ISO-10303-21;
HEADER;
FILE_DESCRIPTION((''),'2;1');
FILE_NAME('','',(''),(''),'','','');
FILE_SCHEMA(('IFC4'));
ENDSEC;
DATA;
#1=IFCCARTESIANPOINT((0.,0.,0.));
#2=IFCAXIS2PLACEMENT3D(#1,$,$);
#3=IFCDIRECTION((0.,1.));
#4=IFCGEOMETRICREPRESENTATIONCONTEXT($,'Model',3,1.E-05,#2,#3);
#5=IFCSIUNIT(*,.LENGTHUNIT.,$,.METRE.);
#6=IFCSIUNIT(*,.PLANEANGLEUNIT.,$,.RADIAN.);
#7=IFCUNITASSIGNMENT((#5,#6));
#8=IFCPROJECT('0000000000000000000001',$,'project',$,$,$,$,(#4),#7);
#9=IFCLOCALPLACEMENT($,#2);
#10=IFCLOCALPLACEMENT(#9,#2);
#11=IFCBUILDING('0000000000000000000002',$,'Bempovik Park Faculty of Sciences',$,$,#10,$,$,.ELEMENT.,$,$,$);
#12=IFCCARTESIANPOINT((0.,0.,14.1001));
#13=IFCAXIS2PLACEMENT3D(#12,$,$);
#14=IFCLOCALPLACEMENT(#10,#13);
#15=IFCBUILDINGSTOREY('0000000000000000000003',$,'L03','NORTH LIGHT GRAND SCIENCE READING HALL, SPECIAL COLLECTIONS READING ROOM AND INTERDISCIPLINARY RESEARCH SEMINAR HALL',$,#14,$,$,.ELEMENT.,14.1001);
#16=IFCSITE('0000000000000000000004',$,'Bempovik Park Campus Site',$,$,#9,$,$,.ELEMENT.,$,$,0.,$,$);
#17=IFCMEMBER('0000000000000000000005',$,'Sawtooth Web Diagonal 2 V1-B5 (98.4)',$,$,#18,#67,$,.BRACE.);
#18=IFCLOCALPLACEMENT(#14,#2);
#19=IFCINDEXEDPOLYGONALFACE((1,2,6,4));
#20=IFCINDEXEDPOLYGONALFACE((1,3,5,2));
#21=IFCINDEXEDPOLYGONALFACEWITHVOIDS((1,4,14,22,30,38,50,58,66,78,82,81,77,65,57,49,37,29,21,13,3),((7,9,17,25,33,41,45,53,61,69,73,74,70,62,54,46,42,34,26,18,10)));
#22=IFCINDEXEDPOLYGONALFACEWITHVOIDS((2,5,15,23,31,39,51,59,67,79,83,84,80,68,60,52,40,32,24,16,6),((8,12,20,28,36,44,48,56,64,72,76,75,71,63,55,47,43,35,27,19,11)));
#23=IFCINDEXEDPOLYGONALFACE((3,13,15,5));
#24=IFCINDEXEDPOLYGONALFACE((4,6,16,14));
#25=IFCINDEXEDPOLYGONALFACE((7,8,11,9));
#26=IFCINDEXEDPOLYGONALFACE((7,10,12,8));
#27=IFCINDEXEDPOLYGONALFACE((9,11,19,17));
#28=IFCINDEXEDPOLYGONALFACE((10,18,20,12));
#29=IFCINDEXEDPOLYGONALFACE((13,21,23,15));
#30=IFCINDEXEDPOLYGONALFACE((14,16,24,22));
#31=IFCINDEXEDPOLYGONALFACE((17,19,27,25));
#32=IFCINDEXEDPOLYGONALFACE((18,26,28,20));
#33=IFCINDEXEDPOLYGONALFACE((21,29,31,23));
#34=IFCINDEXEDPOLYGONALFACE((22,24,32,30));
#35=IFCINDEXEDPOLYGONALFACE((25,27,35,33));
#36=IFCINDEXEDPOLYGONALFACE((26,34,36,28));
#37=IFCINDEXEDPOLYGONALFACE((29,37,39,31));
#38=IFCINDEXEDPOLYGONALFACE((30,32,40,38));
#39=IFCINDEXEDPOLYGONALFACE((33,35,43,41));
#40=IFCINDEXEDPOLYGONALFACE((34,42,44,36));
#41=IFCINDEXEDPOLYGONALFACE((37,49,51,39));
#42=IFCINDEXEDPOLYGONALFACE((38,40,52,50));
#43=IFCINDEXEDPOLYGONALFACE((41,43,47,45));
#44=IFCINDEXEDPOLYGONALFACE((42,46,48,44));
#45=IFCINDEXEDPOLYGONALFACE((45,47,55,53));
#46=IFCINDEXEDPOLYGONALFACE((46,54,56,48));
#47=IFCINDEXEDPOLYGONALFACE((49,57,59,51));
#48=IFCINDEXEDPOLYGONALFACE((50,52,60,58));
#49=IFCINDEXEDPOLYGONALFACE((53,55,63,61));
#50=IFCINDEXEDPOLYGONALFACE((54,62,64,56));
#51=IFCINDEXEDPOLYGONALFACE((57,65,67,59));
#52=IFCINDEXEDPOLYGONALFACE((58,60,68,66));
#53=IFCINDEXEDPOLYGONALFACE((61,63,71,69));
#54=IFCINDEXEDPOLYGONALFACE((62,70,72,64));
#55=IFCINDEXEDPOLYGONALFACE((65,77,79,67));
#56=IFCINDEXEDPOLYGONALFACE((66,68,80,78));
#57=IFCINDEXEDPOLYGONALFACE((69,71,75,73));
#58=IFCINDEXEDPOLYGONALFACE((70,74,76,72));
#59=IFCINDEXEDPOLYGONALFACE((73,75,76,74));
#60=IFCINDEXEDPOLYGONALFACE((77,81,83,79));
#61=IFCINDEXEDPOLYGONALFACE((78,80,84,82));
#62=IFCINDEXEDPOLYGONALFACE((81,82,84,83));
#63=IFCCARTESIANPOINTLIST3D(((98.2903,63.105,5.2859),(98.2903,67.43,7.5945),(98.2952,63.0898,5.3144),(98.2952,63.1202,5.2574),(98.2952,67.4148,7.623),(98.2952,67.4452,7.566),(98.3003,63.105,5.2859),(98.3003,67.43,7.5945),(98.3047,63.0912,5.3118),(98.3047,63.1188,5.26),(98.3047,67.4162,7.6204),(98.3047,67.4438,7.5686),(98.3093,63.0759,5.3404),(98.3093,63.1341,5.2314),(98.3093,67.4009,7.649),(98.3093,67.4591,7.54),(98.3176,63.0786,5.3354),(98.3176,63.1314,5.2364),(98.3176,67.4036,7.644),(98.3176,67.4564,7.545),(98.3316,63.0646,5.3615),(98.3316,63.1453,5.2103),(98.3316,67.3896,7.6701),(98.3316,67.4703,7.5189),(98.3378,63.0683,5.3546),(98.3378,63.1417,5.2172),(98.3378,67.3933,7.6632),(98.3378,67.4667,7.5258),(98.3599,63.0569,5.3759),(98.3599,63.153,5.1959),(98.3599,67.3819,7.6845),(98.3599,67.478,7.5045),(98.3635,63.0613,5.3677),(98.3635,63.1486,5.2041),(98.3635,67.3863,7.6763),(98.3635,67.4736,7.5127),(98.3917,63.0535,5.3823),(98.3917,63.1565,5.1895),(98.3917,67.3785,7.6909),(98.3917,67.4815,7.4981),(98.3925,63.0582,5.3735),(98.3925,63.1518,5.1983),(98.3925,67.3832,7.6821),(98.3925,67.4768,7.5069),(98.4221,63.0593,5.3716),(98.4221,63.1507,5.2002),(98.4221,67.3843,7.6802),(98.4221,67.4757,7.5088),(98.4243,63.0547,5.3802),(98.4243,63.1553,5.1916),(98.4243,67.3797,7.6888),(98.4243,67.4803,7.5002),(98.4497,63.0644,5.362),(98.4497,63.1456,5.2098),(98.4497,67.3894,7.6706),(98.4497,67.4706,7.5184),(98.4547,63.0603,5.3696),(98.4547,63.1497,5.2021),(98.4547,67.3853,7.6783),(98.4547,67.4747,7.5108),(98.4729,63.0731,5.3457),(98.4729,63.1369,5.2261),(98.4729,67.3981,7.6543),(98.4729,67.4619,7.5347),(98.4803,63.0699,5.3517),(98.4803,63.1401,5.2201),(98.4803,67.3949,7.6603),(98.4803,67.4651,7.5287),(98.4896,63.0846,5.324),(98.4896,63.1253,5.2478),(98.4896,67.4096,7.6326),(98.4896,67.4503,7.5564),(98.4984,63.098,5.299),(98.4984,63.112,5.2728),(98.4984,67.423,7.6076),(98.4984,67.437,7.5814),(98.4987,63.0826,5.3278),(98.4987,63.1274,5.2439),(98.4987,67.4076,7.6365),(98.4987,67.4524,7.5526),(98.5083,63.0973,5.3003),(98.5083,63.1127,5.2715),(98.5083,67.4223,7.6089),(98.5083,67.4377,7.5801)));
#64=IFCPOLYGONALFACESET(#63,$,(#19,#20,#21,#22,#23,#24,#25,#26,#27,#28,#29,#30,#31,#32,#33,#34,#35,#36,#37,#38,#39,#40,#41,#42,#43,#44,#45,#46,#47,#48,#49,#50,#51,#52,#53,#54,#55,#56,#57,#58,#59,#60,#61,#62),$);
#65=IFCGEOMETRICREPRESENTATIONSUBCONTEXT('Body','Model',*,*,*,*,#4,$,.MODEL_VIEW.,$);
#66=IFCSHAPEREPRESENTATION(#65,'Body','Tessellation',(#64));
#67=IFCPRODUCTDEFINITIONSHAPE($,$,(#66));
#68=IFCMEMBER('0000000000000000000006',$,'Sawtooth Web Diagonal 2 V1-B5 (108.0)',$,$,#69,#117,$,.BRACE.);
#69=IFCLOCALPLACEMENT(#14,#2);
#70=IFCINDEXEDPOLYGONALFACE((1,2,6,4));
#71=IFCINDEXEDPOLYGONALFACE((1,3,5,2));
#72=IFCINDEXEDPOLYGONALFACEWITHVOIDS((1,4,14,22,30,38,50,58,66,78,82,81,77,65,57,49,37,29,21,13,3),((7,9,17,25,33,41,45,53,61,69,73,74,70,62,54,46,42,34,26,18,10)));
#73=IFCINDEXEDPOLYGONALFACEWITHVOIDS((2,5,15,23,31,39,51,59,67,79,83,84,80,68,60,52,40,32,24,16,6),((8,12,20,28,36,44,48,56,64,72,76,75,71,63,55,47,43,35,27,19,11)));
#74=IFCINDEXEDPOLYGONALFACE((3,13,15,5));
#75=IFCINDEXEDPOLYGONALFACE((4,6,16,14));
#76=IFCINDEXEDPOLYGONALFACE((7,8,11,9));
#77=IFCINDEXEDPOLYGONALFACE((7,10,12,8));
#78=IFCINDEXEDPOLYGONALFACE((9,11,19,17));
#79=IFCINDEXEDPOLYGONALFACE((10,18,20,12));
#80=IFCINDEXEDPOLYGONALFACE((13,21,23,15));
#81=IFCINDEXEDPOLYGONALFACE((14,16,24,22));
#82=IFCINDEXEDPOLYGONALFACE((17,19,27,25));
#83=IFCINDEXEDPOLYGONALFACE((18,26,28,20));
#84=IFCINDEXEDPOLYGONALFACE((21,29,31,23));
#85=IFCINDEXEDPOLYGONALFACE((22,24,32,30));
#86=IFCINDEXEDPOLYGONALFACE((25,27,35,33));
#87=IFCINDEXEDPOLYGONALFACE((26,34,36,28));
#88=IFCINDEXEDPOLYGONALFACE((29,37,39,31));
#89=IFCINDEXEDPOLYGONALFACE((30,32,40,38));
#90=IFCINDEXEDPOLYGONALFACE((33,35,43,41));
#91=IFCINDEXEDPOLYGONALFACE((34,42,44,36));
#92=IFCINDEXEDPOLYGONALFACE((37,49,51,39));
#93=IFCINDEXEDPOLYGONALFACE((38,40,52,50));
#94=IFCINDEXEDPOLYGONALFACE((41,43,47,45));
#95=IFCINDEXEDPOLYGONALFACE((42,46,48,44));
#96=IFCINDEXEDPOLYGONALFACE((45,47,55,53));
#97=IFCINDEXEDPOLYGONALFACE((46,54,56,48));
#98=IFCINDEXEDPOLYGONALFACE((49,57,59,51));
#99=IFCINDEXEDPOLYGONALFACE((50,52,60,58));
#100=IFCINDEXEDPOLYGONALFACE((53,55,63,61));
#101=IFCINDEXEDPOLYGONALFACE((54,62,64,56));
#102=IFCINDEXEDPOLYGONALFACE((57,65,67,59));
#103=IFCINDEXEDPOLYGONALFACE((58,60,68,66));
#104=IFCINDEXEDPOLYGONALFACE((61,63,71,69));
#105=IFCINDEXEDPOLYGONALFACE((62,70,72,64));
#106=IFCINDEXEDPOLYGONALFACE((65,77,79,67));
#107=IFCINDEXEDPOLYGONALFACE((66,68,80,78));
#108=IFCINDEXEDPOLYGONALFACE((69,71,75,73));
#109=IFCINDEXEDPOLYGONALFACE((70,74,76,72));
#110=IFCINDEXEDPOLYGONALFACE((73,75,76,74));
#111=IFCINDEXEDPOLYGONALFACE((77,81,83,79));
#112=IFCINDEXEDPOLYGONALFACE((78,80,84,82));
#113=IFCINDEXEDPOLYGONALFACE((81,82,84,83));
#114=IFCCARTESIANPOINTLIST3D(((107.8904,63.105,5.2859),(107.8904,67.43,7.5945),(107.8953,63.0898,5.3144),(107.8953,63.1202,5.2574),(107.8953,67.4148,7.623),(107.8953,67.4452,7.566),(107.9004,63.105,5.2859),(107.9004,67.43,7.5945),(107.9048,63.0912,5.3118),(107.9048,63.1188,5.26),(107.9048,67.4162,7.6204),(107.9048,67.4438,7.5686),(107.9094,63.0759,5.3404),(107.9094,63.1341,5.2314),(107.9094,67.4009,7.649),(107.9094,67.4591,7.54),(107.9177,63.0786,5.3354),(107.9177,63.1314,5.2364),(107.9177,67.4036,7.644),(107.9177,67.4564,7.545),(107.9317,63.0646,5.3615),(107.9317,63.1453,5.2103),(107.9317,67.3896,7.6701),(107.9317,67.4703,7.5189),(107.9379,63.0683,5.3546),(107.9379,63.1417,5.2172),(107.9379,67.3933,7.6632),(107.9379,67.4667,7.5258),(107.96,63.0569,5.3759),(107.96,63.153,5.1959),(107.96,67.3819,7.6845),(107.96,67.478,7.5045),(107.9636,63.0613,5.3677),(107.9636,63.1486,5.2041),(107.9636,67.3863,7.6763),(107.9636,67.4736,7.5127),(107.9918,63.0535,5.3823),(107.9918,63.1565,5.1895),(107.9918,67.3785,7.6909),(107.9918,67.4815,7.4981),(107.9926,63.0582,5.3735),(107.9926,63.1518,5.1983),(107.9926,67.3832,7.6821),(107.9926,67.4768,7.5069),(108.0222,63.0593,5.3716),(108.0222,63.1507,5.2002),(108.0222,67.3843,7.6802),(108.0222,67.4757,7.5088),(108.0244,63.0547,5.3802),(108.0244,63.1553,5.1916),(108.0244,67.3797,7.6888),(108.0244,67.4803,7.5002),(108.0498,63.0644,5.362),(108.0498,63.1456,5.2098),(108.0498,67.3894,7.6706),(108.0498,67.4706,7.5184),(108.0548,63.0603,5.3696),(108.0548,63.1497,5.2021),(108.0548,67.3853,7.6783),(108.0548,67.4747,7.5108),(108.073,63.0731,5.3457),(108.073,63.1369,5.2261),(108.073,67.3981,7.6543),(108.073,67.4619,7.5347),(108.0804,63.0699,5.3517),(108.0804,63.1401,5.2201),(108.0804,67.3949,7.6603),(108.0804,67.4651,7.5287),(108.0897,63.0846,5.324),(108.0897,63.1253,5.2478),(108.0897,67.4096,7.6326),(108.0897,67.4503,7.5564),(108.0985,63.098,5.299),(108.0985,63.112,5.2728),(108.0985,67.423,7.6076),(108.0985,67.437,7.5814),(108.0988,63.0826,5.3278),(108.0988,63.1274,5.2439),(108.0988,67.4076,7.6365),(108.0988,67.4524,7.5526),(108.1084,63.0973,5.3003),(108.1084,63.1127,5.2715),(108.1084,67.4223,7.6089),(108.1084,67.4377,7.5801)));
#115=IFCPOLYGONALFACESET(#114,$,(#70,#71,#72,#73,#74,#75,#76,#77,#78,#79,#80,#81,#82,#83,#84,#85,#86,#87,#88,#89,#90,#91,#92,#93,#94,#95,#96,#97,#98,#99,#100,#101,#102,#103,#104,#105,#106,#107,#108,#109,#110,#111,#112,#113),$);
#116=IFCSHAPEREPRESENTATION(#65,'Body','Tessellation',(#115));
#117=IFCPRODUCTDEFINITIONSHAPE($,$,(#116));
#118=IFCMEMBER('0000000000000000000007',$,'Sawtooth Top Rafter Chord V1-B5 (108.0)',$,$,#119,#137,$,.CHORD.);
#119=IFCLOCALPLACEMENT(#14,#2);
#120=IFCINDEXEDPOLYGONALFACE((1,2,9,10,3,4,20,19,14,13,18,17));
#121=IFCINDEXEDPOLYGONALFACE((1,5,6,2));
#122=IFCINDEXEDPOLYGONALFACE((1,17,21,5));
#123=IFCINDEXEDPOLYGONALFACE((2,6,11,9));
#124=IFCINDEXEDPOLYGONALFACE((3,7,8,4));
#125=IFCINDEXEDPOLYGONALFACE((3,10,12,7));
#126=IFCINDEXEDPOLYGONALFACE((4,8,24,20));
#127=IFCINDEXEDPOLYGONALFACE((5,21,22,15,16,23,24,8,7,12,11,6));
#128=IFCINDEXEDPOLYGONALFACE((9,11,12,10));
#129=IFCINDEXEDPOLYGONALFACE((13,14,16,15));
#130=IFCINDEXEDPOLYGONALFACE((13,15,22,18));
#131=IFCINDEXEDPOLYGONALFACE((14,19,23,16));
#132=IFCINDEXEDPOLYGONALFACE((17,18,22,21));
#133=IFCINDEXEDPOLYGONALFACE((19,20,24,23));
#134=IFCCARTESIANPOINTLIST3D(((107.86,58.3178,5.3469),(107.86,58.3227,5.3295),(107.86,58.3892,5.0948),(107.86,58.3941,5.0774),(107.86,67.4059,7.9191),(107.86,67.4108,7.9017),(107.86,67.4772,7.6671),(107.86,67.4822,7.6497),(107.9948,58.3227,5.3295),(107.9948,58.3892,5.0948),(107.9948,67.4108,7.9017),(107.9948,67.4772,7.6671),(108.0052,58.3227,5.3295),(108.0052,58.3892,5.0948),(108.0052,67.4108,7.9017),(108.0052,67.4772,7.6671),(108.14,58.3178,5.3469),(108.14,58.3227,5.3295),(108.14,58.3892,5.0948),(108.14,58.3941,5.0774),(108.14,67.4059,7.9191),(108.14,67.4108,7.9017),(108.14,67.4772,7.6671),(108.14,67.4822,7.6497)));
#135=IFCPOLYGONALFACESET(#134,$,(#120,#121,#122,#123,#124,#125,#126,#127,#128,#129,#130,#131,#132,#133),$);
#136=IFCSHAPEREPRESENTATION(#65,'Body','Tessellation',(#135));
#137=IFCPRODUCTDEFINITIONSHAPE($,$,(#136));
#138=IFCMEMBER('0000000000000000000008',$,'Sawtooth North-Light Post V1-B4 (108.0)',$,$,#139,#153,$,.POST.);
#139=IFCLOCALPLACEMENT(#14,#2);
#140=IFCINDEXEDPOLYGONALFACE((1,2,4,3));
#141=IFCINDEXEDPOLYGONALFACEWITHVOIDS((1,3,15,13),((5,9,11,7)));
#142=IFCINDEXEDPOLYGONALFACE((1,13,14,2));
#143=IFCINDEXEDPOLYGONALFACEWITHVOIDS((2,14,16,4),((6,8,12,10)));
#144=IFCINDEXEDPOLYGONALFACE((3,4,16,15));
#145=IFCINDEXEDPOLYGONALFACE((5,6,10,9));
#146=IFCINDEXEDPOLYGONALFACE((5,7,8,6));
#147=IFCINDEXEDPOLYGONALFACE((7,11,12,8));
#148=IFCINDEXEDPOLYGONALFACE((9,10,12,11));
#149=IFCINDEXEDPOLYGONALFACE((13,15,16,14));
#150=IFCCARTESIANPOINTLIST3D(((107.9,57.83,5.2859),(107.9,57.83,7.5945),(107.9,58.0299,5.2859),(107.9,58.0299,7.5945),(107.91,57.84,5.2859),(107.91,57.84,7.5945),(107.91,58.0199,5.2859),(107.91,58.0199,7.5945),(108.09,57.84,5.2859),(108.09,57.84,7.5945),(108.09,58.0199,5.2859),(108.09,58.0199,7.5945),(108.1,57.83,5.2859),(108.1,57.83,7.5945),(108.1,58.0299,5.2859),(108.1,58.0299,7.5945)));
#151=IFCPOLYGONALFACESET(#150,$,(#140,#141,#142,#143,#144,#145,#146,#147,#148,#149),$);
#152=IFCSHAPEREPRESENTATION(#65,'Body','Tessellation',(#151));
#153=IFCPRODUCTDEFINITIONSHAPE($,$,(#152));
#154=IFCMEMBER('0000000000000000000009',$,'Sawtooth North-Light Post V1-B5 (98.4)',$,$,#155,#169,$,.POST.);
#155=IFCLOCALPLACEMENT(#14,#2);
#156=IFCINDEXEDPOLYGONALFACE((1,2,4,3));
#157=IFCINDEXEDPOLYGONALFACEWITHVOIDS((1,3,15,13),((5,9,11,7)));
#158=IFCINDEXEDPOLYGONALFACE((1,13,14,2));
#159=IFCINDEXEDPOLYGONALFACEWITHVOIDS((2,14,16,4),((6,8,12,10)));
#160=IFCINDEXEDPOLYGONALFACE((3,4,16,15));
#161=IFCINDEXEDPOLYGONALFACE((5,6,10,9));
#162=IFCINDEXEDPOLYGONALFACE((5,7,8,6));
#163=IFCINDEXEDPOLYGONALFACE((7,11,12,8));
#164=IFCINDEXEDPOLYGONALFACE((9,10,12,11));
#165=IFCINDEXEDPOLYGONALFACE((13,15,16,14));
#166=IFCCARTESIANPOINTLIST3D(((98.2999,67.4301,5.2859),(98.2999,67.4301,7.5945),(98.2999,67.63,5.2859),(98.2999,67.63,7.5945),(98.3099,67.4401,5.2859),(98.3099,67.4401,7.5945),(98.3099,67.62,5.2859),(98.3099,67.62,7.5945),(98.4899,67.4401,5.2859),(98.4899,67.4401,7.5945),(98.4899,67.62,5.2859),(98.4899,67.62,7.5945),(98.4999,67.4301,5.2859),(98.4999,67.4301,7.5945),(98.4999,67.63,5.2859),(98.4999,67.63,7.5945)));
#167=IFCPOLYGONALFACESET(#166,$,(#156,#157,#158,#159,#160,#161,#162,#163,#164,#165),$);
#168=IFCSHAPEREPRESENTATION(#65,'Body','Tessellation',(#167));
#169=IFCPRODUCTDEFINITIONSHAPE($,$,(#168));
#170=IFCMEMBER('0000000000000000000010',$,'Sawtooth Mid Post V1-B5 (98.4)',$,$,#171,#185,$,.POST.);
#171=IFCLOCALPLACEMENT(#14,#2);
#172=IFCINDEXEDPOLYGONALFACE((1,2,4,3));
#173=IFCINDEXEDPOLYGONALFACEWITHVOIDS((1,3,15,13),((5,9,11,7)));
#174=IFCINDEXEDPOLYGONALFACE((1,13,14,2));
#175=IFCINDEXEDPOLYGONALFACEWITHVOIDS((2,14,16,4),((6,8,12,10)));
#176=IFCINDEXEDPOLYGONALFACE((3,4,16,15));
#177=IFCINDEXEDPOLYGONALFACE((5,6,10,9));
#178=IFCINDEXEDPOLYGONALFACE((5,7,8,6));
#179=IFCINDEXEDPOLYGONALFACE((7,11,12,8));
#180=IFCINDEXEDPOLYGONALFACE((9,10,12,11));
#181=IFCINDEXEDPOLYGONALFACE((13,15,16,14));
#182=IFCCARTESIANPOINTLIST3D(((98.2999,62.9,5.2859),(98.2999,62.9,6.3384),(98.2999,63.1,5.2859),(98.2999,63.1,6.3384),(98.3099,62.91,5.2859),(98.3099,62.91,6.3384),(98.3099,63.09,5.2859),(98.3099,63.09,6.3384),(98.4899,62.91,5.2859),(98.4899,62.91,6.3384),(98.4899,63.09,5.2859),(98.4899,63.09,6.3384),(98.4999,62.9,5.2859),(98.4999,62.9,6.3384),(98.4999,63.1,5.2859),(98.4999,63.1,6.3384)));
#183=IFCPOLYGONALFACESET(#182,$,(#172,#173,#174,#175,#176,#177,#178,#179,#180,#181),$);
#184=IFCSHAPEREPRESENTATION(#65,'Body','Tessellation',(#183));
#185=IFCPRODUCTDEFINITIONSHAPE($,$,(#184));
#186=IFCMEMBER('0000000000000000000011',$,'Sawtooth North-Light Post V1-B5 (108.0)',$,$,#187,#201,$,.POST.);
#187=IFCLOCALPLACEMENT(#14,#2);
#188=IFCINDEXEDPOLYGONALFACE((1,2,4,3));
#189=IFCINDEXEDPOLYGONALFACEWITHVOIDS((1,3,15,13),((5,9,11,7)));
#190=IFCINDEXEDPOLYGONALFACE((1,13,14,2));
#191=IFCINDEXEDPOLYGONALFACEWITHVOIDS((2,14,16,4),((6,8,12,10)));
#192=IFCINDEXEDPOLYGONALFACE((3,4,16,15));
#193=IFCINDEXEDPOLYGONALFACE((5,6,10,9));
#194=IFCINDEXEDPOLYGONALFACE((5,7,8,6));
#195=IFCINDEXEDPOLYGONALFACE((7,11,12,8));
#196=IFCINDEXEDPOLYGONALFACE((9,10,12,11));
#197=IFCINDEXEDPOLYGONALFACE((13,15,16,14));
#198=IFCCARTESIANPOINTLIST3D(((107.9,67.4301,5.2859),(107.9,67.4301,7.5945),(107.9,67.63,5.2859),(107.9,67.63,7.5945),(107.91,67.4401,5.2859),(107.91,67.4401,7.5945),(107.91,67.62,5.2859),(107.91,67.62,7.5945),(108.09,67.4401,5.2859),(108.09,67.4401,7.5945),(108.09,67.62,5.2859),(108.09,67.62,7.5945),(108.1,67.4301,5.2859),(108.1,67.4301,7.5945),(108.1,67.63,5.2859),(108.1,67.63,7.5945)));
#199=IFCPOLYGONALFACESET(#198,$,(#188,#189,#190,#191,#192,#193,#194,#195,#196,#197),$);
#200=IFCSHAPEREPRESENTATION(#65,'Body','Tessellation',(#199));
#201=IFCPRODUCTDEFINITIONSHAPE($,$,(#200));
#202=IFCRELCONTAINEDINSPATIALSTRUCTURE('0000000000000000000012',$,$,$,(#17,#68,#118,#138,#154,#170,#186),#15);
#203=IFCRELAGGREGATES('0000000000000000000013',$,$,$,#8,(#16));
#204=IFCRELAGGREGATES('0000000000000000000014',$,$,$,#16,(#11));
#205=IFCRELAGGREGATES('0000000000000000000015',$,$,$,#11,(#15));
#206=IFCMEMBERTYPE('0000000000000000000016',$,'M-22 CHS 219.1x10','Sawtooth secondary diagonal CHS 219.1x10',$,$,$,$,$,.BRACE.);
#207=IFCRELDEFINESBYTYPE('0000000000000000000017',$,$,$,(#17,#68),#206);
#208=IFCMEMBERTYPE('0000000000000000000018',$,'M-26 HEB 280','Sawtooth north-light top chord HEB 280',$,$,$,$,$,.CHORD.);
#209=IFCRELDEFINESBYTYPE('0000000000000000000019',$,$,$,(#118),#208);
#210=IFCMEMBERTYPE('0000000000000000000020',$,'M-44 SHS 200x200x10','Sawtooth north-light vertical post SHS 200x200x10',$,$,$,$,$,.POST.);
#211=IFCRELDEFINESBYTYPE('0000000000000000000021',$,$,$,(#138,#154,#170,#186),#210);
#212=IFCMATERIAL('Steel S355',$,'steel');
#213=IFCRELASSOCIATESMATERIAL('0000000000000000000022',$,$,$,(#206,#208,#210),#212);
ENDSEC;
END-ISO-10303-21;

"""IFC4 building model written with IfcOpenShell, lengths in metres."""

from ifc_helpers import new_model, si_unit, direction, frame, origin, origin_2d, place, context, subcontext, project, spatial, hollow_rectangle, hollow_circle, i_section, extrude, material, material_profile, profile_set, type_object, element, save


model = new_model("IFC4")

# Units and contexts
model_context = context("Model", 3, precision=1e-05, world=origin(), true_north=direction((0.0, 1.0)))
body_context = subcontext(model_context, "Body", "Model", "MODEL_VIEW")
ifc_project = project(units=[si_unit("LENGTHUNIT", "METRE"), si_unit("PLANEANGLEUNIT", "RADIAN")], contexts=[model_context])

# Site, building, storey
site_placement = place(None, origin())
site = spatial("IfcSite", under=ifc_project, at=site_placement, Name="Bempovik Park Campus Site", CompositionType="ELEMENT", RefElevation=0.0)
building_placement = place(site_placement, origin())
building = spatial("IfcBuilding", under=site, at=building_placement, Name="Bempovik Park Faculty of Sciences", CompositionType="ELEMENT")
storey_placement = place(building_placement, frame((0.0, 0.0, 14.1001)))
storey = spatial("IfcBuildingStorey", under=building, at=storey_placement, Name="L03", Description="NORTH LIGHT GRAND SCIENCE READING HALL, SPECIAL COLLECTIONS READING ROOM AND INTERDISCIPLINARY RESEARCH SEMINAR HALL", CompositionType="ELEMENT", Elevation=14.1001)

# Shared definitions
ifc_material_1 = material(Name="Steel S355", Category="steel")

# Members
ifc_material_profile_1 = material_profile(ifc_material_1, hollow_circle(Radius=0.1096, WallThickness=0.01, at=origin_2d()), Name="CHS 219.1x10")
ifc_profile_set_1 = profile_set([ifc_material_profile_1], Name="Steel S355")
member_type_1 = type_object("IfcMemberType", Name="M-22 CHS 219.1x10", Description="Sawtooth secondary diagonal CHS 219.1x10", PredefinedType="BRACE", material=ifc_profile_set_1)
for number, where, z_axis, x_axis, name in (
    (1, (98.3999, 63.105, 5.2859), (0.0, 0.882187, 0.470898), (-1.0, 0.0, 0.0), "Sawtooth Web Diagonal 2 V1-B5 (98.4)"),
    (2, (108.0, 63.105, 5.2859), (0.0, 0.882187, 0.470898), (-1.0, 0.0, 0.0), "Sawtooth Web Diagonal 2 V1-B5 (108.0)"),
):
    element("IfcMember", number, at=place(storey_placement, frame(where, z_axis=z_axis, x_axis=x_axis)), inside=storey, type_object=member_type_1, Name=name, PredefinedType="BRACE", context=body_context, shape_type="SweptSolid", body=[
        extrude(hollow_circle(Radius=0.1096, WallThickness=0.01, at=origin_2d()), origin(), (0.0, 0.0, 1.0), 4.9026),
    ])
ifc_material_profile_2 = material_profile(ifc_material_1, i_section(OverallWidth=0.28, OverallDepth=0.28, WebThickness=0.0105, FlangeThickness=0.0181, at=origin_2d()), Name="HEB 280")
ifc_profile_set_2 = profile_set([ifc_material_profile_2], Name="Steel S355")
member_type_2 = type_object("IfcMemberType", Name="M-26 HEB 280", Description="Sawtooth north-light top chord HEB 280", PredefinedType="CHORD", material=ifc_profile_set_2)
member_1_placement = place(storey_placement, frame((108.0, 58.356, 5.2122), z_axis=(0.0, 0.962202, 0.272337), x_axis=(-1.0, 0.0, 0.0)))
element("IfcMember", 3, at=member_1_placement, inside=storey, type_object=member_type_2, Name="Sawtooth Top Rafter Chord V1-B5 (108.0)", PredefinedType="CHORD", context=body_context, shape_type="SweptSolid", body=[
    extrude(i_section(OverallWidth=0.28, OverallDepth=0.28, WebThickness=0.0105, FlangeThickness=0.0181, at=origin_2d()), origin(), (0.0, 0.0, 1.0), 9.4451),
])
ifc_material_profile_3 = material_profile(ifc_material_1, hollow_rectangle(XDim=0.2, YDim=0.2, WallThickness=0.01, at=origin_2d()), Name="SHS 200x200x10")
ifc_profile_set_3 = profile_set([ifc_material_profile_3], Name="Steel S355")
member_type_3 = type_object("IfcMemberType", Name="M-44 SHS 200x200x10", Description="Sawtooth north-light vertical post SHS 200x200x10", PredefinedType="POST", material=ifc_profile_set_3)
for number, where, z_axis, x_axis, name in (
    (4, (108.0, 57.9299, 5.2859), (0.0, 0.0, 1.0), (1.0, 0.0, 0.0), "Sawtooth North-Light Post V1-B4 (108.0)"),
    (5, (98.3999, 67.53, 5.2859), (0.0, 0.0, 1.0), (1.0, 0.0, 0.0), "Sawtooth North-Light Post V1-B5 (98.4)"),
):
    element("IfcMember", number, at=place(storey_placement, frame(where, z_axis=z_axis, x_axis=x_axis)), inside=storey, type_object=member_type_3, Name=name, PredefinedType="POST", context=body_context, shape_type="SweptSolid", body=[
        extrude(hollow_rectangle(XDim=0.2, YDim=0.2, WallThickness=0.01, at=origin_2d()), origin(), (0.0, 0.0, 1.0), 2.3086),
    ])
member_2_placement = place(storey_placement, frame((98.3999, 63.0, 5.2859), z_axis=(0.0, 0.0, 1.0), x_axis=(1.0, 0.0, 0.0)))
element("IfcMember", 6, at=member_2_placement, inside=storey, type_object=member_type_3, Name="Sawtooth Mid Post V1-B5 (98.4)", PredefinedType="POST", context=body_context, shape_type="SweptSolid", body=[
    extrude(hollow_rectangle(XDim=0.2, YDim=0.2, WallThickness=0.01, at=origin_2d()), origin(), (0.0, 0.0, 1.0), 1.0525),
])
member_3_placement = place(storey_placement, frame((108.0, 67.53, 5.2859), z_axis=(0.0, 0.0, 1.0), x_axis=(1.0, 0.0, 0.0)))
element("IfcMember", 7, at=member_3_placement, inside=storey, type_object=member_type_3, Name="Sawtooth North-Light Post V1-B5 (108.0)", PredefinedType="POST", context=body_context, shape_type="SweptSolid", body=[
    extrude(hollow_rectangle(XDim=0.2, YDim=0.2, WallThickness=0.01, at=origin_2d()), origin(), (0.0, 0.0, 1.0), 2.3086),
])

save(model, "model.ifc")
